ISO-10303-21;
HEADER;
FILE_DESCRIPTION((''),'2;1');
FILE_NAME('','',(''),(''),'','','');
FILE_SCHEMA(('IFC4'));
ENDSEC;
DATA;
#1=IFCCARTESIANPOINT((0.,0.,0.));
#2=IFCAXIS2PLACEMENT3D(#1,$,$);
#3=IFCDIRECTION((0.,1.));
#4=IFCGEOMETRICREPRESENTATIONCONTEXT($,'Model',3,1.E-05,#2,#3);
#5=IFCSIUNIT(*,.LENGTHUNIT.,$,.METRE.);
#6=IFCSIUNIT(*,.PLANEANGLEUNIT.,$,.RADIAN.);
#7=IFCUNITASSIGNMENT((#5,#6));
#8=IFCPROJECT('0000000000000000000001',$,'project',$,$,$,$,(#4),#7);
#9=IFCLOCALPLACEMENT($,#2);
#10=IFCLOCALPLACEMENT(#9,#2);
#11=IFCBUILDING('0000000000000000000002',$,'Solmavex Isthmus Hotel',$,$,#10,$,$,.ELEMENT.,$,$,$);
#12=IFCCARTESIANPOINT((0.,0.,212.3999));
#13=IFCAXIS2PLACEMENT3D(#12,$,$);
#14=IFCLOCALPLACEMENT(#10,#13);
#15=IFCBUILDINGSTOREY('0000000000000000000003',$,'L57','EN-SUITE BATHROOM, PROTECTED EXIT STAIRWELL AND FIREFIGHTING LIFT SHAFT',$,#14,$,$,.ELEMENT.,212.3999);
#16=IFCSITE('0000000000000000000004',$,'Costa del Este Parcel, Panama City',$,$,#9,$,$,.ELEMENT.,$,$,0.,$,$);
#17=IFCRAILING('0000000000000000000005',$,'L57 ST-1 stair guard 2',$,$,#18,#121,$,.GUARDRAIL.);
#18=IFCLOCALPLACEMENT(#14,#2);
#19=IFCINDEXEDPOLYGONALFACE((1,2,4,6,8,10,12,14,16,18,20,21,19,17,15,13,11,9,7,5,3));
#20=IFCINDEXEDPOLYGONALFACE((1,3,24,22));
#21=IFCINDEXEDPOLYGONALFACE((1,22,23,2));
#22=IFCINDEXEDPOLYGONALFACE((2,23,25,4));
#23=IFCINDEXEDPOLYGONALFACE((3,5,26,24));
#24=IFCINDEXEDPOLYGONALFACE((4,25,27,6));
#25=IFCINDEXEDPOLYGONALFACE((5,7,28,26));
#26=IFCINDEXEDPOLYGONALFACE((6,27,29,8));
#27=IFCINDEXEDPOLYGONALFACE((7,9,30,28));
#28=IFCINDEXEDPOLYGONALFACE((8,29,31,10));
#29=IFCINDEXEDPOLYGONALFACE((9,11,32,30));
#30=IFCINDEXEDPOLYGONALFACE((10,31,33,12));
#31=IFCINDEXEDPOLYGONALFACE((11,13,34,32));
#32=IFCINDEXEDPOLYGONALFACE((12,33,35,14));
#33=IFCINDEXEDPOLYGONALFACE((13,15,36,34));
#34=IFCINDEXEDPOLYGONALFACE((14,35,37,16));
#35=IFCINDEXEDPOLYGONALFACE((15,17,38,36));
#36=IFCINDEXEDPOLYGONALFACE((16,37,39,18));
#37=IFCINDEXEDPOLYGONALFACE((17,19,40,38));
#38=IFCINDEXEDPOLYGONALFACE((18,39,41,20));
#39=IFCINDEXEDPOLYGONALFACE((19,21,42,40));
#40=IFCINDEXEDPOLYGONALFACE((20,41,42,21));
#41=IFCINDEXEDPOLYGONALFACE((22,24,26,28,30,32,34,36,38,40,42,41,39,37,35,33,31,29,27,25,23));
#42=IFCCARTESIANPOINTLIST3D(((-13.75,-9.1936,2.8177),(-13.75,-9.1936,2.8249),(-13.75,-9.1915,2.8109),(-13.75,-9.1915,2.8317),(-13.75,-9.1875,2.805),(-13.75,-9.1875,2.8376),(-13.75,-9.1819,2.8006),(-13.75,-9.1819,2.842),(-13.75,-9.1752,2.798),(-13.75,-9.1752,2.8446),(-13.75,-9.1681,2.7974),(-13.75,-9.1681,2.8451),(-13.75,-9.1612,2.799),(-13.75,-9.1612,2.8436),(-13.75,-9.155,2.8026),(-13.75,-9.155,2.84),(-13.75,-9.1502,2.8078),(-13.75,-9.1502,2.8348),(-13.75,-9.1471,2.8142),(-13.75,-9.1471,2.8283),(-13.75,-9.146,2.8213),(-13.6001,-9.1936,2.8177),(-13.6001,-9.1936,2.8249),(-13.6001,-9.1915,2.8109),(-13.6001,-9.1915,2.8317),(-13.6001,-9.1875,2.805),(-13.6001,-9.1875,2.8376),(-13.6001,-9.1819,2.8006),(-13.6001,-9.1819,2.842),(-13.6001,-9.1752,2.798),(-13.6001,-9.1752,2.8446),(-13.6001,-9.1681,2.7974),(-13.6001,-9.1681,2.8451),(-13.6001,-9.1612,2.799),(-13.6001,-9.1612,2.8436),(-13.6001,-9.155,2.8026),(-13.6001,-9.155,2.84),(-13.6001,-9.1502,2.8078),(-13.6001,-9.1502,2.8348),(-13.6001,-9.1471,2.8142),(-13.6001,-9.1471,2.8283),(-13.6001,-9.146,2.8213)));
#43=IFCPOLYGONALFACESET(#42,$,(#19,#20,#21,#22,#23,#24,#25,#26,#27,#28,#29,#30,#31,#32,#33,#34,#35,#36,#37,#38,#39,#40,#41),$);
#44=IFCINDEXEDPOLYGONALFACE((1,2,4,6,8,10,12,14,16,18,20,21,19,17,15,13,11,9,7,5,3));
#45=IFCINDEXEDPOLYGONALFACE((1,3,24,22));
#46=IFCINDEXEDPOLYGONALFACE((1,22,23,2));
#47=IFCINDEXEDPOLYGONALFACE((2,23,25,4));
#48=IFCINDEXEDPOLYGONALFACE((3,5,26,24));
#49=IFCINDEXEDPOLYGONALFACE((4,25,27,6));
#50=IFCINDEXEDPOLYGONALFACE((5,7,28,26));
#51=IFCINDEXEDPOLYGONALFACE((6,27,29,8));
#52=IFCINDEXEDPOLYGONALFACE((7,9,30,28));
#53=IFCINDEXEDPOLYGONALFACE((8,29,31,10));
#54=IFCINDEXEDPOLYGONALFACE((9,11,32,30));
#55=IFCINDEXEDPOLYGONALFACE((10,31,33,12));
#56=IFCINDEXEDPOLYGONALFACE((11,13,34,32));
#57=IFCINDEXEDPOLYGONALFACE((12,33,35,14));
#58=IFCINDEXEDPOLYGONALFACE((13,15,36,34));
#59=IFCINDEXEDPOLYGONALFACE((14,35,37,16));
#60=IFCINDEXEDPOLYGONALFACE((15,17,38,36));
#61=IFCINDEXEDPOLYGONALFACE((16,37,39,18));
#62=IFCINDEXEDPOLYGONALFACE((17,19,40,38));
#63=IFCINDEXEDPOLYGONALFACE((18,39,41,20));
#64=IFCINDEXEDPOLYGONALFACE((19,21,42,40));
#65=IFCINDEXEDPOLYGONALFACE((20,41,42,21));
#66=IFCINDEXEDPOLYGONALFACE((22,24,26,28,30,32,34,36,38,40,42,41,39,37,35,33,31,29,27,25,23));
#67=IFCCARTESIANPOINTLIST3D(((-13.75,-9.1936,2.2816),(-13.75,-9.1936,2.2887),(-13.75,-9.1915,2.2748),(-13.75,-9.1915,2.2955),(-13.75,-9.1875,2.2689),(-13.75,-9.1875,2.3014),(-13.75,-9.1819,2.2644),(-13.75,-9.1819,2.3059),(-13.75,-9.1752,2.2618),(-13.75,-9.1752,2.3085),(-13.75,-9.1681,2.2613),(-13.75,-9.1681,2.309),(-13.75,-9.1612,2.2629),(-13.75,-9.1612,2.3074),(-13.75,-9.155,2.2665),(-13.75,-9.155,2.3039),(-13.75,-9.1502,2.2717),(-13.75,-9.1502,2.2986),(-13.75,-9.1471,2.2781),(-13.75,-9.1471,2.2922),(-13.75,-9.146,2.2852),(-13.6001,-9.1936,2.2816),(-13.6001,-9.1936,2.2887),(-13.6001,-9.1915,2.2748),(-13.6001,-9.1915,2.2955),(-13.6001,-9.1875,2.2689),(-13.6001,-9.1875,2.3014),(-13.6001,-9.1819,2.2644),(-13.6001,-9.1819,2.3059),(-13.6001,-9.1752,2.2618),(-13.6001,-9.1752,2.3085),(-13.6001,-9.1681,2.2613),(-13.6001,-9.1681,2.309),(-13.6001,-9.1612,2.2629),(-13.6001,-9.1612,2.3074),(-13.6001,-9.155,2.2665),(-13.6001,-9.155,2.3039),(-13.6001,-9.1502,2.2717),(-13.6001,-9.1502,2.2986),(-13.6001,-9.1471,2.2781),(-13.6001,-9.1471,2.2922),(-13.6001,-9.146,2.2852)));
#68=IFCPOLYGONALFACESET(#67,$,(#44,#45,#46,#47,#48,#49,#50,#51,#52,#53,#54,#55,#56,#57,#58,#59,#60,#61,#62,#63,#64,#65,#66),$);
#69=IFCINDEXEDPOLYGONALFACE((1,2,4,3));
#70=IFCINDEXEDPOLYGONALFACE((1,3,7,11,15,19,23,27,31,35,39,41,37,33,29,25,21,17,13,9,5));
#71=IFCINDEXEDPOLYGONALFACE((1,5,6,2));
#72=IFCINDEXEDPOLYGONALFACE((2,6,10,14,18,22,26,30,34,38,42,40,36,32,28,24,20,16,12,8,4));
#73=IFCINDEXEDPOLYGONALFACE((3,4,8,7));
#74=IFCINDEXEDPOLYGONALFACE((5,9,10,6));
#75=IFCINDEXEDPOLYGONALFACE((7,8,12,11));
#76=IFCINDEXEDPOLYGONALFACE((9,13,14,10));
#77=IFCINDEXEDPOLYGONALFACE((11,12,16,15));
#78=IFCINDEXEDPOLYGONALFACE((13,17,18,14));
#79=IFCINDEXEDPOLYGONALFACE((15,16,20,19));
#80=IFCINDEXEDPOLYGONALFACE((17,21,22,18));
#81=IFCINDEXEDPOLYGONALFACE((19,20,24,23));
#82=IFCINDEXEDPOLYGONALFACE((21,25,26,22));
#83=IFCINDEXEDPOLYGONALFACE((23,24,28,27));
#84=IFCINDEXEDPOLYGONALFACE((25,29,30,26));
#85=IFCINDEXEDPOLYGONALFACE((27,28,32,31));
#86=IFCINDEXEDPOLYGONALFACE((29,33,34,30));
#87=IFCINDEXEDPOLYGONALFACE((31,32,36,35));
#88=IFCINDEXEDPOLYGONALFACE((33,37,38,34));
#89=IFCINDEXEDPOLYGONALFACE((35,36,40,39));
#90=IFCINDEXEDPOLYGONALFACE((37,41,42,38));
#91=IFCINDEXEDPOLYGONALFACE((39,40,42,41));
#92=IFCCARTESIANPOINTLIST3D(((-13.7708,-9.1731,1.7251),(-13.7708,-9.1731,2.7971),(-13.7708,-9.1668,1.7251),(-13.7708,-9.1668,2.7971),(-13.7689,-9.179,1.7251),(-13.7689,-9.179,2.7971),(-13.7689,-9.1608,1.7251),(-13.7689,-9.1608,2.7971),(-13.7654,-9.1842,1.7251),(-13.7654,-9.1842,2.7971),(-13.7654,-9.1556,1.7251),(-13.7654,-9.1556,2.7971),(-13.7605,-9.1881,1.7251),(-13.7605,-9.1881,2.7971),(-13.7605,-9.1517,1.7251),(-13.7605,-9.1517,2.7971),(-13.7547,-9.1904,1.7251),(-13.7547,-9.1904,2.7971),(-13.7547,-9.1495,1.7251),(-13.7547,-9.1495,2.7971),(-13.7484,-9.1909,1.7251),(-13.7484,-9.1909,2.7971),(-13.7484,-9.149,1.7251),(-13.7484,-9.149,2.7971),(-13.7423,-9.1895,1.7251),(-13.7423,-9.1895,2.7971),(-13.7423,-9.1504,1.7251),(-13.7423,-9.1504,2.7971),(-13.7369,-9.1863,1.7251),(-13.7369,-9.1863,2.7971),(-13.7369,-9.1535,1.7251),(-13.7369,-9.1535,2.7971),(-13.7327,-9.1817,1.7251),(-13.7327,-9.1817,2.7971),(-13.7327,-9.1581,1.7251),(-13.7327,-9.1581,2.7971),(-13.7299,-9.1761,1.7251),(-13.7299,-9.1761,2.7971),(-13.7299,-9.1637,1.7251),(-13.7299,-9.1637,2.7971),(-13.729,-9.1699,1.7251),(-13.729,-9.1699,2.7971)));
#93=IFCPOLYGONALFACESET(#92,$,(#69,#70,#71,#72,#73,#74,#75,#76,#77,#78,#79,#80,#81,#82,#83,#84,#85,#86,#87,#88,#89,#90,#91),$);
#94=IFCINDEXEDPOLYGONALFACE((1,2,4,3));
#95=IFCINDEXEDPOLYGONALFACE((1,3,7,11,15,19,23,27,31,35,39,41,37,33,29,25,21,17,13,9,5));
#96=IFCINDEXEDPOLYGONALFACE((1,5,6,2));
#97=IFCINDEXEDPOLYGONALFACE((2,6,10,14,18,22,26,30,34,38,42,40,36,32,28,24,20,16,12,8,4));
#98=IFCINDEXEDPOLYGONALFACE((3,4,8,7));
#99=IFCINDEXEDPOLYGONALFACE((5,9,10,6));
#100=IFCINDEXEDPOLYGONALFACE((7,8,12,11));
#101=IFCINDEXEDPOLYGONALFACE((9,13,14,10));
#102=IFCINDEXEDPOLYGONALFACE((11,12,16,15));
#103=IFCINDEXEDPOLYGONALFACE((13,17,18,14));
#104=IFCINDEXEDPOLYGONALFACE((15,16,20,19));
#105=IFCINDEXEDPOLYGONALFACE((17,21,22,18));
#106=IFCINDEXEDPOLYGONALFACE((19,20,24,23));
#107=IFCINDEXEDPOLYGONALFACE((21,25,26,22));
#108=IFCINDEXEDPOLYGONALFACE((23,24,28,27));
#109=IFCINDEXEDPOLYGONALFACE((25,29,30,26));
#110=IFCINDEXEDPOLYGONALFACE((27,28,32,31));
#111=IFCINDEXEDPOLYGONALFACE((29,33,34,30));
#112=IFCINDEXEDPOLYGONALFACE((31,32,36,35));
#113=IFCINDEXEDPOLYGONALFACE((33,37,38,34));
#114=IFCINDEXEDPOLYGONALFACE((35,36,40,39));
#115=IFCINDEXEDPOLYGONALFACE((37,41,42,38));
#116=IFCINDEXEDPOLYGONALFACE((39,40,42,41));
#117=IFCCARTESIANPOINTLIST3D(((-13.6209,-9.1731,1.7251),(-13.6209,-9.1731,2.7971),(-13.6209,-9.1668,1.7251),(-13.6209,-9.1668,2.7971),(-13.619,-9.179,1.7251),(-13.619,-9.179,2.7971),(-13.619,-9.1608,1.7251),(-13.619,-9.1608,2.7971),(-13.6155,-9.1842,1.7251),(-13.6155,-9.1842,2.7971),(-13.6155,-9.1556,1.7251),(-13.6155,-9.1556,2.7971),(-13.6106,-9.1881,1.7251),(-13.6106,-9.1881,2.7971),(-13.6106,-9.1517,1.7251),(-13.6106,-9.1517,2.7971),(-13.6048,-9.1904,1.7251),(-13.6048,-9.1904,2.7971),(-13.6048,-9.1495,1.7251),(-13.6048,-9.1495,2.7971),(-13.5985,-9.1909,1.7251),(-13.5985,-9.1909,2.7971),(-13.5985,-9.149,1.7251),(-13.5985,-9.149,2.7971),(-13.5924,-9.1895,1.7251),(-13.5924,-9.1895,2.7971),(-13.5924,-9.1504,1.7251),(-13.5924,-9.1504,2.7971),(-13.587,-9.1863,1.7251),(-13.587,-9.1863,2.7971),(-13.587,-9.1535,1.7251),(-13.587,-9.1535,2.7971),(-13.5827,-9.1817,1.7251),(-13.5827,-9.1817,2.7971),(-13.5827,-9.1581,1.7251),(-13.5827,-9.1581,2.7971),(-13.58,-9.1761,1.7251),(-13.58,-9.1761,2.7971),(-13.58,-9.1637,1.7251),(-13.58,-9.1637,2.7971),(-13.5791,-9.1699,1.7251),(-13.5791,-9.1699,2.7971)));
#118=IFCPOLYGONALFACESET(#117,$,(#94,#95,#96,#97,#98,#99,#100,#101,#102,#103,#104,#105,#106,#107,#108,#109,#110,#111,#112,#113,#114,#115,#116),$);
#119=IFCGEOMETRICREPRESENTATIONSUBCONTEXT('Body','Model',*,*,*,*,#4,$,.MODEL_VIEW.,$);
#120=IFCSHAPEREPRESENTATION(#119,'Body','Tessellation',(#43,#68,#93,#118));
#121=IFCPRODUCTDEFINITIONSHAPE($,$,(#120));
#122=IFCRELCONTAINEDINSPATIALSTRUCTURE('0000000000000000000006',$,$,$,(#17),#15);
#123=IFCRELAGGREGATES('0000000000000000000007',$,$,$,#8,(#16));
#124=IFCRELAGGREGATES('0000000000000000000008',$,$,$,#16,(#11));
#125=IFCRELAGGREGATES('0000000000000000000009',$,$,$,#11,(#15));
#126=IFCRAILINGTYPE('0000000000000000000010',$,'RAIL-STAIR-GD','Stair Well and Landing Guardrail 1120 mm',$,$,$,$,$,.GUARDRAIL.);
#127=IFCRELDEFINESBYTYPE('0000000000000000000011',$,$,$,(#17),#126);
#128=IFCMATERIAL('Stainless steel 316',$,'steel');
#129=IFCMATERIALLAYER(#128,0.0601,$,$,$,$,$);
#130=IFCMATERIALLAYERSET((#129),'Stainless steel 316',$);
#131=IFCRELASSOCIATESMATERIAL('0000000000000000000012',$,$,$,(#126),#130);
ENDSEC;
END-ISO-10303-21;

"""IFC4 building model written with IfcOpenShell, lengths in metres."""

from ifc_helpers import new_model, si_unit, direction, frame, origin, origin_2d, place, context, subcontext, project, spatial, circle, extrude, material, layer, layer_set, type_object, element, save


model = new_model("IFC4")

# Units and contexts
model_context = context("Model", 3, precision=1e-05, world=origin(), true_north=direction((0.0, 1.0)))
body_context = subcontext(model_context, "Body", "Model", "MODEL_VIEW")
ifc_project = project(units=[si_unit("LENGTHUNIT", "METRE"), si_unit("PLANEANGLEUNIT", "RADIAN")], contexts=[model_context])

# Site, building, storey
site_placement = place(None, origin())
site = spatial("IfcSite", under=ifc_project, at=site_placement, Name="Costa del Este Parcel, Panama City", CompositionType="ELEMENT", RefElevation=0.0)
building_placement = place(site_placement, origin())
building = spatial("IfcBuilding", under=site, at=building_placement, Name="Solmavex Isthmus Hotel", CompositionType="ELEMENT")
storey_placement = place(building_placement, frame((0.0, 0.0, 212.3999)))
storey = spatial("IfcBuildingStorey", under=building, at=storey_placement, Name="L57", Description="EN-SUITE BATHROOM, PROTECTED EXIT STAIRWELL AND FIREFIGHTING LIFT SHAFT", CompositionType="ELEMENT", Elevation=212.3999)

# Railing
ifc_material_1 = material(Name="Stainless steel 316", Category="steel")
ifc_layer_1 = layer(ifc_material_1, 0.0601)
ifc_layer_set_1 = layer_set([ifc_layer_1], Name="Stainless steel 316")
railing_type = type_object("IfcRailingType", Name="RAIL-STAIR-GD", Description="Stair Well and Landing Guardrail 1120 mm", PredefinedType="GUARDRAIL", material=ifc_layer_set_1)
railing_placement = place(storey_placement, frame((-13.75, -9.1699, 1.7251)))
element("IfcRailing", 1, at=railing_placement, inside=storey, type_object=railing_type, Name="L57 ST-1 stair guard 2", PredefinedType="GUARDRAIL", context=body_context, shape_type="SweptSolid", body=[
    extrude(circle(Radius=0.0239, at=origin_2d()), frame((0.0, 0.0, 1.0962), z_axis=(1.0, 0.0, 0.0), x_axis=(0.0, 1.0, 0.0)), (0.0, 0.0, 1.0), 0.1499),
    extrude(circle(Radius=0.0239, at=origin_2d()), frame((0.0, 0.0, 0.5601), z_axis=(1.0, 0.0, 0.0), x_axis=(0.0, 1.0, 0.0)), (0.0, 0.0, 1.0), 0.1499),
    extrude(circle(Radius=0.021, at=origin_2d()), origin(), (0.0, 0.0, 1.0), 1.072),
    extrude(circle(Radius=0.021, at=origin_2d()), frame((0.1499, 0.0, 0.0)), (0.0, 0.0, 1.0), 1.072),
])

save(model, "model.ifc")
